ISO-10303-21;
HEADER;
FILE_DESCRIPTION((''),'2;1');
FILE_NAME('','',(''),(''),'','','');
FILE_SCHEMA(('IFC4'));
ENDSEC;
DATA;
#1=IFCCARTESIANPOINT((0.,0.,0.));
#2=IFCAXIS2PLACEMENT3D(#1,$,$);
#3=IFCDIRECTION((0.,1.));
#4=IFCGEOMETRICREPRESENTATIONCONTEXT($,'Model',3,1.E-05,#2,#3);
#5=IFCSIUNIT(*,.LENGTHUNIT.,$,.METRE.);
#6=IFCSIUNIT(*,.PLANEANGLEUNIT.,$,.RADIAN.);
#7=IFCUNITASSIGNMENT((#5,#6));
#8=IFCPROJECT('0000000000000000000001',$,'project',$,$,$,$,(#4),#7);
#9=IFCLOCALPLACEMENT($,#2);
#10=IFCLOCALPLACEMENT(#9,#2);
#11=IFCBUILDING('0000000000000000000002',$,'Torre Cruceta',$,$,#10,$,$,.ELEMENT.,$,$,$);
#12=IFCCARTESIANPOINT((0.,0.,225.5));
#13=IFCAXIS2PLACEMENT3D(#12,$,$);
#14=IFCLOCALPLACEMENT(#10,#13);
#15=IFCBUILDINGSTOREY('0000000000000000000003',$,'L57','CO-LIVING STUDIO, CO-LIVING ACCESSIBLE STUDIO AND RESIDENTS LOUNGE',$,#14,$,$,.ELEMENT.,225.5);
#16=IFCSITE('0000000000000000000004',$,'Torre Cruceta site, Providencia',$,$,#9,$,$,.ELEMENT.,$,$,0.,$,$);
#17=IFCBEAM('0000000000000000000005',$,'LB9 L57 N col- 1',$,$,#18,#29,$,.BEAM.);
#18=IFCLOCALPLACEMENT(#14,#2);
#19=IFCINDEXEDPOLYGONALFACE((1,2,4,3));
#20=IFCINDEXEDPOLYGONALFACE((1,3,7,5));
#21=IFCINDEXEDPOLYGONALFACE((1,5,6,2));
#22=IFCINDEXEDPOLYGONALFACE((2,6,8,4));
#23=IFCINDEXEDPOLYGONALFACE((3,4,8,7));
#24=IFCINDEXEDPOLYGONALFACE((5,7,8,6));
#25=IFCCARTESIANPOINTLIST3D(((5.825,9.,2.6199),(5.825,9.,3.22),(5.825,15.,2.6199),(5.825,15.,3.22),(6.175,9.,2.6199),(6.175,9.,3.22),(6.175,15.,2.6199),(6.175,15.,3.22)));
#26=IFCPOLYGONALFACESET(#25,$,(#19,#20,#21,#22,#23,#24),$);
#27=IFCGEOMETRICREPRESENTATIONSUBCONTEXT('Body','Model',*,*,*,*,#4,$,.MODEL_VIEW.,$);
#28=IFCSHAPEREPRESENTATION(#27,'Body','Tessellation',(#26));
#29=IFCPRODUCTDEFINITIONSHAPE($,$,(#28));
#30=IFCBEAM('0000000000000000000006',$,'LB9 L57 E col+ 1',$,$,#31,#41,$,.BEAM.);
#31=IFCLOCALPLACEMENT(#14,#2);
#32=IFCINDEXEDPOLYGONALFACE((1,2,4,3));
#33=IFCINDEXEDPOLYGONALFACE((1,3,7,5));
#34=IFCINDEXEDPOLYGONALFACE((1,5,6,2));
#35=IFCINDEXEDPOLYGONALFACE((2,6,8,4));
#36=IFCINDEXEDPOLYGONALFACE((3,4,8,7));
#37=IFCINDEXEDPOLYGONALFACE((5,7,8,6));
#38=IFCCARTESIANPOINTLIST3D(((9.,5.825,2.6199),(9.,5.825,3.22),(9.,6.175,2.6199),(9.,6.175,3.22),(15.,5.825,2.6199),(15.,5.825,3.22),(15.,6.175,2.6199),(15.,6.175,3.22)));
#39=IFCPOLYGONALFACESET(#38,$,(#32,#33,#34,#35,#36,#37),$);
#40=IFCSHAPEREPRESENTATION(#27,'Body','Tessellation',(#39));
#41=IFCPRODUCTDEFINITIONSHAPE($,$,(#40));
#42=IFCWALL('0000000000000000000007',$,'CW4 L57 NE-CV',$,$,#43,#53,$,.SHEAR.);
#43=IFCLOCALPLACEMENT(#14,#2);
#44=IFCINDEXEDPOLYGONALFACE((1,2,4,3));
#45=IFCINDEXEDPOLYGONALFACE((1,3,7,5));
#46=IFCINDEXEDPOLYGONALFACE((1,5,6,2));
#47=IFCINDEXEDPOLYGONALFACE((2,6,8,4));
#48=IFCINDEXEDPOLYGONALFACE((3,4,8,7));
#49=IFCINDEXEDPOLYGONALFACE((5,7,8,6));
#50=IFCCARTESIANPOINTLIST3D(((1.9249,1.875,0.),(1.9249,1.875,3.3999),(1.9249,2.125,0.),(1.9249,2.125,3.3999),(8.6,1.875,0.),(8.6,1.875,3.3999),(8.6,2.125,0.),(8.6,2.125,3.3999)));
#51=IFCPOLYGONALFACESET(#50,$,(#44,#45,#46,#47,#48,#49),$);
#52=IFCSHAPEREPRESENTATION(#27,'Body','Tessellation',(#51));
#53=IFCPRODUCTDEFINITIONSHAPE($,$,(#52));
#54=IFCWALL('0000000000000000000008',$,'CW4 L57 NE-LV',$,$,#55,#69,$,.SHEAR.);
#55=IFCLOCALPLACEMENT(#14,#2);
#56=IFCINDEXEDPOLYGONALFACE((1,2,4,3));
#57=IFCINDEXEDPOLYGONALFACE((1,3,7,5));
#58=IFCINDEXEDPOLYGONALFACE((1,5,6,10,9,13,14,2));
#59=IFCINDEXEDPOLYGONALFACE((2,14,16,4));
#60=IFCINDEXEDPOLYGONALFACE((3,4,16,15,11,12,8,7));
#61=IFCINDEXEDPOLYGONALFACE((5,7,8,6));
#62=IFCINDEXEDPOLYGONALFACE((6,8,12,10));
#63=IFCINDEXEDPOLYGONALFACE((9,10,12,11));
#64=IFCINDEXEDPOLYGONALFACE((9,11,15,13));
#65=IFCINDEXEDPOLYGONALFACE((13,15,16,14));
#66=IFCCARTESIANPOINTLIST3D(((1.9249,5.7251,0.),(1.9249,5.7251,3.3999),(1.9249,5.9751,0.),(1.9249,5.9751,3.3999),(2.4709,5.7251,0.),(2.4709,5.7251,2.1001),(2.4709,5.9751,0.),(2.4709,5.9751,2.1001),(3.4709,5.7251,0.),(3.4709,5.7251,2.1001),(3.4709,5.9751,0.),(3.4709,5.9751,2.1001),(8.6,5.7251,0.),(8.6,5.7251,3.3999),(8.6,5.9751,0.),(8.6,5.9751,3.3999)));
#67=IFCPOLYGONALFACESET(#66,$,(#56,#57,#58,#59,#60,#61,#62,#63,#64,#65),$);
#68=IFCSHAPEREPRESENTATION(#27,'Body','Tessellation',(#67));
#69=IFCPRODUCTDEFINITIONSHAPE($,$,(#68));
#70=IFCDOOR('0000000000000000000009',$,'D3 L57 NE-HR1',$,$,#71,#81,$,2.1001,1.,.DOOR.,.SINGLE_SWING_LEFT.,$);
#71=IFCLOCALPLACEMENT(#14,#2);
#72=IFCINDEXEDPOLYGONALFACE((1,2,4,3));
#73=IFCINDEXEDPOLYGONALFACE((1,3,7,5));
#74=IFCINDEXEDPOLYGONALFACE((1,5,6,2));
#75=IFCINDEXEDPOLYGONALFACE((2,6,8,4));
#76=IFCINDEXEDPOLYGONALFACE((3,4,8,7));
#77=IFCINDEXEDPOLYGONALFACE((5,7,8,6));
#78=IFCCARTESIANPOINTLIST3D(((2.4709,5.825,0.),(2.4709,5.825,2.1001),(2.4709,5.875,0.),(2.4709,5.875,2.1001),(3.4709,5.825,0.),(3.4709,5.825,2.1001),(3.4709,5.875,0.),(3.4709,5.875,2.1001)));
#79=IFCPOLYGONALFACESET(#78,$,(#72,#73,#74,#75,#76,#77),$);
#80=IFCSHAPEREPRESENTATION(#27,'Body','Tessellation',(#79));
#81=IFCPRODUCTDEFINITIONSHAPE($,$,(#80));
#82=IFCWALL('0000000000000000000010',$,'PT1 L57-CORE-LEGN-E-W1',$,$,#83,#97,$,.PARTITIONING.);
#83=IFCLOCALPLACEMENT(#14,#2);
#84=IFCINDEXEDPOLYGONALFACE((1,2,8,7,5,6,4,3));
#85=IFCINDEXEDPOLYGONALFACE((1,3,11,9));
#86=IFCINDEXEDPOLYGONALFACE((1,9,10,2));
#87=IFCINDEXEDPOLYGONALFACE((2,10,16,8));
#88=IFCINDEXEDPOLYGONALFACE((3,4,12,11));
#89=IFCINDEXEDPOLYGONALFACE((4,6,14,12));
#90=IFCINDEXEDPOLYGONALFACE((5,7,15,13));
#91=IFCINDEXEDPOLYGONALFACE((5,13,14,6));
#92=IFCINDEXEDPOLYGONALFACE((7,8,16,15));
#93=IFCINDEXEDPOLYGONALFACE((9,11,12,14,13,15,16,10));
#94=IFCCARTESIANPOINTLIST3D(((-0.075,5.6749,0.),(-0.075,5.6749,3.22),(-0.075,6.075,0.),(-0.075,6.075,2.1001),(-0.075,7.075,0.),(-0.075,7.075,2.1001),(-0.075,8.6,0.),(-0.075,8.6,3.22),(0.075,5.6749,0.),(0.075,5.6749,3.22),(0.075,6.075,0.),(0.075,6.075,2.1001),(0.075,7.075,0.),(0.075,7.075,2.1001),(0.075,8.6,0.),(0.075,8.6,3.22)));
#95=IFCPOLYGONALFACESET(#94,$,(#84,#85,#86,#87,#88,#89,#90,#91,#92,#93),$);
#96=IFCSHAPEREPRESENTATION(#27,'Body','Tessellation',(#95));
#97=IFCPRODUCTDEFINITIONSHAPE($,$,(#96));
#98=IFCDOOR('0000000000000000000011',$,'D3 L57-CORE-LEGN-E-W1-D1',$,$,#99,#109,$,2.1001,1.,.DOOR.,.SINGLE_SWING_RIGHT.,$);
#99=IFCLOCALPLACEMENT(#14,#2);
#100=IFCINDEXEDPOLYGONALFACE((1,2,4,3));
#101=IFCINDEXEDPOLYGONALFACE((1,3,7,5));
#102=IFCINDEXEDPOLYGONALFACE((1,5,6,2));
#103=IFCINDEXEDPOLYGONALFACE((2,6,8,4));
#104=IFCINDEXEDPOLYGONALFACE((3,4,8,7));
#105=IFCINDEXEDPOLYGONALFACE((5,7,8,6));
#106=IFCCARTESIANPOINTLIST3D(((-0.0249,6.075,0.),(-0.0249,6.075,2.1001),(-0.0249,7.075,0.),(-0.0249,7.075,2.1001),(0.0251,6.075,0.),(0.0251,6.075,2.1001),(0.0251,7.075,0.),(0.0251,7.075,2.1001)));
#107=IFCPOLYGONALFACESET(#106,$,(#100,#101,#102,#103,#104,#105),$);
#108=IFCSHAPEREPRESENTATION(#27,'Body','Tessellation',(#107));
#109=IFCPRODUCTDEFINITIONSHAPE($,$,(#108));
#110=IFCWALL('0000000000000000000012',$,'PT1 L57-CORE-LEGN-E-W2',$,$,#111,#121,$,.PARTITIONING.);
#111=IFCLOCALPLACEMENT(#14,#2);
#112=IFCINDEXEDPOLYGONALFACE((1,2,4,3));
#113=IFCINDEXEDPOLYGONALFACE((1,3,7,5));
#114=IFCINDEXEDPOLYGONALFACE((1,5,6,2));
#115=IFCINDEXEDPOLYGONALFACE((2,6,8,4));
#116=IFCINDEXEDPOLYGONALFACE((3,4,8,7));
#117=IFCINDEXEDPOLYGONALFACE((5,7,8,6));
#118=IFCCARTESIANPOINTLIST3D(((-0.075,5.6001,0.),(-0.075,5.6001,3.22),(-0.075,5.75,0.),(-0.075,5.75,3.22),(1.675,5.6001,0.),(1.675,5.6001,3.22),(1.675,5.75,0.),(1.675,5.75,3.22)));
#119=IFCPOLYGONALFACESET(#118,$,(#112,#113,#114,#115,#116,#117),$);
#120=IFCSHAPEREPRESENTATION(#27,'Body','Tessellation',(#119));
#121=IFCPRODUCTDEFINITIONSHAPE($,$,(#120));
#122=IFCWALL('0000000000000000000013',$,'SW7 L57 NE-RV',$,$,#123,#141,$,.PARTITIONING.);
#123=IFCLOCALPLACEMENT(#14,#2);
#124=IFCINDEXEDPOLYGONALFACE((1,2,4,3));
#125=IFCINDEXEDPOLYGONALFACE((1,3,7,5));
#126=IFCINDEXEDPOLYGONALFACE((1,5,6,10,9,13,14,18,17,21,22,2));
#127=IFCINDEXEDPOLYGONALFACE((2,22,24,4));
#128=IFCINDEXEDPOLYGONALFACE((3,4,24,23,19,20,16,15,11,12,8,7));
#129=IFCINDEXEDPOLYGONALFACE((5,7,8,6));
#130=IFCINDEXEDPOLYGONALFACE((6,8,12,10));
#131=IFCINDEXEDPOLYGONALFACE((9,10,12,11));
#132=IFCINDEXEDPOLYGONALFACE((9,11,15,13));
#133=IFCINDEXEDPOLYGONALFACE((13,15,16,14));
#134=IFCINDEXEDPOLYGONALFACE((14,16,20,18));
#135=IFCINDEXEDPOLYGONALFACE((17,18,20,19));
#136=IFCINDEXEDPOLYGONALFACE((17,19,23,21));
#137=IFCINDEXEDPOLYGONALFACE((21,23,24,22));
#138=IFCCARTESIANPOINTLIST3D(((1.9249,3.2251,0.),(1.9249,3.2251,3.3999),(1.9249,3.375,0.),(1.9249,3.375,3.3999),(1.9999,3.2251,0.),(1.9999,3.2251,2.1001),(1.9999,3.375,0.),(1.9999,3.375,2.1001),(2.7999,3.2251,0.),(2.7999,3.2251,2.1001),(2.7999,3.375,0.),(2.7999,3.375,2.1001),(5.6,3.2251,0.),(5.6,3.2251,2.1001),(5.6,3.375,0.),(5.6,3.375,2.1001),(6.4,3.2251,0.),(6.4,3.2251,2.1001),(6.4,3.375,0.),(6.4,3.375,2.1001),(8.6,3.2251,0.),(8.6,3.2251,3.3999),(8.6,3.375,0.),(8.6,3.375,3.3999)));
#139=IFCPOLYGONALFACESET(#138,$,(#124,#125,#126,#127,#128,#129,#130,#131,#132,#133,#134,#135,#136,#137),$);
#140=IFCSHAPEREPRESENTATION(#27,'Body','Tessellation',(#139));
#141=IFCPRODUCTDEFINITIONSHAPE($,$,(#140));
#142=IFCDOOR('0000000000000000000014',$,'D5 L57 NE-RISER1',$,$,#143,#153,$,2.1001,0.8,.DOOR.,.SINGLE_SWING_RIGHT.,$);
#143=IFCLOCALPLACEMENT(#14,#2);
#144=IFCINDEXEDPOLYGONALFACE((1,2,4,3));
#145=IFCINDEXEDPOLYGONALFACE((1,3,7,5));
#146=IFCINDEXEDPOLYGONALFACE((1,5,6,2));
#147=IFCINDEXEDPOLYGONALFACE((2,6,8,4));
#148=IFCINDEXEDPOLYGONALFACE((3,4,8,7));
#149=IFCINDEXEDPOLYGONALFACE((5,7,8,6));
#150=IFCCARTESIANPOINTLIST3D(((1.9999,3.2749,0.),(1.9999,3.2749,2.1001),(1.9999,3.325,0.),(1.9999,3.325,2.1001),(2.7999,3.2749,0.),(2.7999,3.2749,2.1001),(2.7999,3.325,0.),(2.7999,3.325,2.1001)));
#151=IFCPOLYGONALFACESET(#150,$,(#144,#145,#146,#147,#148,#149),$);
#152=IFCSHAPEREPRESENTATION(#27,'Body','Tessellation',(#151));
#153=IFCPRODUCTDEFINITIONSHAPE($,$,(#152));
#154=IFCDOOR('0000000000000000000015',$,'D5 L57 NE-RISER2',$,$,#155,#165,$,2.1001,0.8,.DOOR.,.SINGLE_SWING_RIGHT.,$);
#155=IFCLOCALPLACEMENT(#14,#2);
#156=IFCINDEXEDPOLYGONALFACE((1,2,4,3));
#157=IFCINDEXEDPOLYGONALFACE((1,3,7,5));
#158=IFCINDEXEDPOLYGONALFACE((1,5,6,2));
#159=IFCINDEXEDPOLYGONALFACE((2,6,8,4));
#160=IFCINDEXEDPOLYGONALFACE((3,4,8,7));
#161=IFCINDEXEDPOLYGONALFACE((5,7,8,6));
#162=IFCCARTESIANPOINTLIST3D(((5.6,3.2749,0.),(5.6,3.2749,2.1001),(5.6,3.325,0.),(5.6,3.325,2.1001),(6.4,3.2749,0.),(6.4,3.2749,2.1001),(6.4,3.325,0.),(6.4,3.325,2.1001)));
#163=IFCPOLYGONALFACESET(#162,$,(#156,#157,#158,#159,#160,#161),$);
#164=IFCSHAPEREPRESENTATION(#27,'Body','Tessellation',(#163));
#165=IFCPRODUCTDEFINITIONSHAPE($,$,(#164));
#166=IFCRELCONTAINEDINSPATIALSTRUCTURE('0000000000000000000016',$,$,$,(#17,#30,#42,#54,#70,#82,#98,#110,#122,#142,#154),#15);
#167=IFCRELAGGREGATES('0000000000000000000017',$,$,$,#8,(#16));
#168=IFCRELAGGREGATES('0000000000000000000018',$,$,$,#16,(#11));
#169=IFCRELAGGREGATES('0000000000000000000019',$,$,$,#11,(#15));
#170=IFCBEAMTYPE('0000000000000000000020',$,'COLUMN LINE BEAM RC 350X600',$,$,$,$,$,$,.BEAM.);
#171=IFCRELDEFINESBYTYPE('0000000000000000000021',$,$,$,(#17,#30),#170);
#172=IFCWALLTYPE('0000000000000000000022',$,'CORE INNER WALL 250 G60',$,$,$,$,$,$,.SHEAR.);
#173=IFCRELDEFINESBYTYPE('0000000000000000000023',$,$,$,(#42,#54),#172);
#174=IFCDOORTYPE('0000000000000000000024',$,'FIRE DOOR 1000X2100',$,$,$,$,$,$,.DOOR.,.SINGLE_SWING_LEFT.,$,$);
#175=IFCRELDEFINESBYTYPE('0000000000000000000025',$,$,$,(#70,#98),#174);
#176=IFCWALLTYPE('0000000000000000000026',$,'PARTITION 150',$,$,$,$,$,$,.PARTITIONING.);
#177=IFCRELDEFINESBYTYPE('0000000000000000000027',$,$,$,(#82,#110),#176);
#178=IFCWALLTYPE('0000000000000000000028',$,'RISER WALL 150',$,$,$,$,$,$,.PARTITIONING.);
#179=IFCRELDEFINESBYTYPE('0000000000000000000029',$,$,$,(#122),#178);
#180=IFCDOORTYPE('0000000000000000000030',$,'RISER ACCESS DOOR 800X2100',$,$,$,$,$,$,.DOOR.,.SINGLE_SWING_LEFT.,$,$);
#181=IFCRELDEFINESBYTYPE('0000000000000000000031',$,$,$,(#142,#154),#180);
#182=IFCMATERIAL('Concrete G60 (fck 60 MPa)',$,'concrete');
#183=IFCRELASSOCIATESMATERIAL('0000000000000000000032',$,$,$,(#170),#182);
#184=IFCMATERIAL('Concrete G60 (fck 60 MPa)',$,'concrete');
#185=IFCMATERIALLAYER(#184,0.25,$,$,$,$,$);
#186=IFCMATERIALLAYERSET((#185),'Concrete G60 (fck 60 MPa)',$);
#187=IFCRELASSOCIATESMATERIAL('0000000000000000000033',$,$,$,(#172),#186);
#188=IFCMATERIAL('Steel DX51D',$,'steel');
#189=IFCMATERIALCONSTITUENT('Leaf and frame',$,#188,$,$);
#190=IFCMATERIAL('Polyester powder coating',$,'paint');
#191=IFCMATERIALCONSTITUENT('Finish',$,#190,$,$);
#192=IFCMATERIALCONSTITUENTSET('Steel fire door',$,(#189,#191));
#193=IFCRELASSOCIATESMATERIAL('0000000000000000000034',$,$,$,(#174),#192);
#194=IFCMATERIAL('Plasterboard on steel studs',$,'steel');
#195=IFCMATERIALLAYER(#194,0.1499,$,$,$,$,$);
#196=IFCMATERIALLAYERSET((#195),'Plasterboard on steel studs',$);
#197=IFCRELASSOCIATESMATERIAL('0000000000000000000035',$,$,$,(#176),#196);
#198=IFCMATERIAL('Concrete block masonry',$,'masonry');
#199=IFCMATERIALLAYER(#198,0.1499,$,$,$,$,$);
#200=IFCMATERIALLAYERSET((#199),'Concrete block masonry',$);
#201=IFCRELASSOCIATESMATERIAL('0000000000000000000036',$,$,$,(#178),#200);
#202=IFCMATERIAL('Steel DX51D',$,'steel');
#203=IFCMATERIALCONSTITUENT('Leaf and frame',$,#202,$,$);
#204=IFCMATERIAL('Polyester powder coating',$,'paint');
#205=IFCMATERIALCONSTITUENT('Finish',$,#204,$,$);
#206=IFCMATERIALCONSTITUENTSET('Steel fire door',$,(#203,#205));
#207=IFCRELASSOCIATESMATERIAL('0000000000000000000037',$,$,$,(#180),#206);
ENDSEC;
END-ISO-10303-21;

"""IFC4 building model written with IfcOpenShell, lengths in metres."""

from ifc_helpers import new_model, si_unit, direction, frame, frame_2d, origin, origin_2d, place, context, subcontext, project, spatial, rectangle, extrude, material, layer, layer_set, constituent, constituent_set, material_profile, profile_set, type_object, element, fill, save


model = new_model("IFC4")

# Units and contexts
model_context = context("Model", 3, precision=1e-05, world=origin(), true_north=direction((0.0, 1.0)))
body_context = subcontext(model_context, "Body", "Model", "MODEL_VIEW")
ifc_project = project(units=[si_unit("LENGTHUNIT", "METRE"), si_unit("PLANEANGLEUNIT", "RADIAN")], contexts=[model_context])

# Site, building, storey
site_placement = place(None, origin())
site = spatial("IfcSite", under=ifc_project, at=site_placement, Name="Torre Cruceta site, Providencia", CompositionType="ELEMENT", RefElevation=0.0)
building_placement = place(site_placement, origin())
building = spatial("IfcBuilding", under=site, at=building_placement, Name="Torre Cruceta", CompositionType="ELEMENT")
storey_placement = place(building_placement, frame((0.0, 0.0, 225.5)))
storey = spatial("IfcBuildingStorey", under=building, at=storey_placement, Name="L57", Description="CO-LIVING STUDIO, CO-LIVING ACCESSIBLE STUDIO AND RESIDENTS LOUNGE", CompositionType="ELEMENT", Elevation=225.5)

# Beams
ifc_material_1 = material(Name="Concrete G60 (fck 60 MPa)", Category="concrete")
ifc_material_profile = material_profile(ifc_material_1, rectangle(XDim=0.3501, YDim=0.6001, at=origin_2d()), Name="RC 350X600")
ifc_profile_set = profile_set([ifc_material_profile], Name="Concrete G60 (fck 60 MPa)")
beam_type = type_object("IfcBeamType", Name="COLUMN LINE BEAM RC 350X600", PredefinedType="BEAM", material=ifc_profile_set)
for number, where, z_axis, x_axis, name in (
    (1, (6.0, 9.0, 2.9199), (0.0, 1.0, 0.0), (-1.0, 0.0, 0.0), "LB9 L57 N col- 1"),
    (2, (9.0, 6.0, 2.9199), (1.0, 0.0, 0.0), (0.0, 1.0, 0.0), "LB9 L57 E col+ 1"),
):
    element("IfcBeam", number, at=place(storey_placement, frame(where, z_axis=z_axis, x_axis=x_axis)), inside=storey, type_object=beam_type, Name=name, PredefinedType="BEAM", context=body_context, shape_type="SweptSolid", body=[
        extrude(rectangle(XDim=0.3501, YDim=0.6001, at=origin_2d()), origin(), (0.0, 0.0, 1.0), 6.0),
    ])

# Wall
ifc_material_2 = material(Name="Concrete G60 (fck 60 MPa)", Category="concrete")
ifc_layer_1 = layer(ifc_material_2, 0.25)
ifc_layer_set_1 = layer_set([ifc_layer_1], Name="Concrete G60 (fck 60 MPa)")
wall_type_1 = type_object("IfcWallType", Name="CORE INNER WALL 250 G60", PredefinedType="SHEAR", material=ifc_layer_set_1)
wall_1_placement = place(storey_placement, frame((1.925, 2.0, 0.0), z_axis=(0.0, 0.0, 1.0), x_axis=(1.0, 0.0, 0.0)))
element("IfcWall", 3, at=wall_1_placement, inside=storey, type_object=wall_type_1, Name="CW4 L57 NE-CV", PredefinedType="SHEAR", context=body_context, shape_type="SweptSolid", body=[
    extrude(rectangle(XDim=6.675, YDim=0.25, at=frame_2d((3.3374, 0.0))), origin(), (0.0, 0.0, 1.0), 3.3999),
])

# Walls, openings, doors
wall_2_placement = place(storey_placement, frame((1.925, 5.8501, 0.0), z_axis=(0.0, 0.0, 1.0), x_axis=(1.0, 0.0, 0.0)))
wall_2 = element("IfcWall", 4, at=wall_2_placement, inside=storey, type_object=wall_type_1, Name="CW4 L57 NE-LV", PredefinedType="SHEAR", context=body_context, shape_type="SweptSolid", body=[
    extrude(rectangle(XDim=6.675, YDim=0.25, at=frame_2d((3.3374, 0.0))), origin(), (0.0, 0.0, 1.0), 3.3999),
])
opening_1_placement = place(wall_2_placement, frame((0.5459, 0.0, 0.0)))
opening_1 = element("IfcOpeningElement", 5, at=opening_1_placement, cuts=wall_2, PredefinedType="OPENING", context=body_context, shape_type="SweptSolid", body=[
    extrude(rectangle(XDim=1.0, YDim=2.1001, at=frame_2d((0.5, 1.05))), frame((0.0, 0.135, 0.0), z_axis=(0.0, -1.0, 0.0), x_axis=(1.0, 0.0, 0.0)), (0.0, 0.0, 1.0), 0.27),
])
ifc_material_3 = material(Name="Steel DX51D", Category="steel")
ifc_constituent_1 = constituent(ifc_material_3, Name="Leaf and frame")
ifc_material_4 = material(Name="Polyester powder coating", Category="paint")
ifc_constituent_2 = constituent(ifc_material_4, Name="Finish")
ifc_constituent_set_1 = constituent_set(constituents=[ifc_constituent_1, ifc_constituent_2], Name="Steel fire door")
door_type_1 = type_object("IfcDoorType", Name="FIRE DOOR 1000X2100", OperationType="SINGLE_SWING_LEFT", PredefinedType="DOOR", material=ifc_constituent_set_1)
door_1_placement = place(opening_1_placement, origin())
door_1 = element("IfcDoor", 6, at=door_1_placement, inside=storey, type_object=door_type_1, Name="D3 L57 NE-HR1", OperationType="SINGLE_SWING_LEFT", OverallHeight=2.1001, OverallWidth=1.0, PredefinedType="DOOR", context=body_context, shape_type="SweptSolid", body=[
    extrude(rectangle(XDim=1.0, YDim=2.1001, at=frame_2d((0.5, 1.05))), frame((0.0, 0.0249, 0.0), z_axis=(0.0, -1.0, 0.0), x_axis=(1.0, 0.0, 0.0)), (0.0, 0.0, 1.0), 0.05),
])
fill(opening_1, door_1)
ifc_material_5 = material(Name="Plasterboard on steel studs", Category="steel")
ifc_layer_2 = layer(ifc_material_5, 0.1499)
ifc_layer_set_2 = layer_set([ifc_layer_2], Name="Plasterboard on steel studs")
wall_type_2 = type_object("IfcWallType", Name="PARTITION 150", PredefinedType="PARTITIONING", material=ifc_layer_set_2)
wall_3_placement = place(storey_placement, frame((0.0, 5.675, 0.0), z_axis=(0.0, 0.0, 1.0), x_axis=(0.0, 1.0, 0.0)))
wall_3 = element("IfcWall", 7, at=wall_3_placement, inside=storey, type_object=wall_type_2, Name="PT1 L57-CORE-LEGN-E-W1", PredefinedType="PARTITIONING", context=body_context, shape_type="SweptSolid", body=[
    extrude(rectangle(XDim=2.925, YDim=0.1499, at=frame_2d((1.4624, 0.0))), origin(), (0.0, 0.0, 1.0), 3.22),
])
opening_2_placement = place(wall_3_placement, frame((0.3999, 0.0, 0.0)))
opening_2 = element("IfcOpeningElement", 8, at=opening_2_placement, cuts=wall_3, PredefinedType="OPENING", context=body_context, shape_type="SweptSolid", body=[
    extrude(rectangle(XDim=1.0, YDim=2.1001, at=frame_2d((0.5, 1.05))), frame((0.0, 0.085, 0.0), z_axis=(0.0, -1.0, 0.0), x_axis=(1.0, 0.0, 0.0)), (0.0, 0.0, 1.0), 0.1699),
])
door_2_placement = place(opening_2_placement, frame((1.0, 0.0, 0.0), z_axis=(0.0, 0.0, 1.0), x_axis=(-1.0, 0.0, 0.0)))
door_2 = element("IfcDoor", 9, at=door_2_placement, inside=storey, type_object=door_type_1, Name="D3 L57-CORE-LEGN-E-W1-D1", OperationType="SINGLE_SWING_RIGHT", OverallHeight=2.1001, OverallWidth=1.0, PredefinedType="DOOR", context=body_context, shape_type="SweptSolid", body=[
    extrude(rectangle(XDim=1.0, YDim=2.1001, at=frame_2d((0.5, 1.05))), frame((0.0, 0.0251, 0.0), z_axis=(0.0, -1.0, 0.0), x_axis=(1.0, 0.0, 0.0)), (0.0, 0.0, 1.0), 0.05),
])
fill(opening_2, door_2)

# Wall
wall_4_placement = place(storey_placement, frame((1.675, 5.675, 0.0), z_axis=(0.0, 0.0, 1.0), x_axis=(-1.0, 0.0, 0.0)))
element("IfcWall", 10, at=wall_4_placement, inside=storey, type_object=wall_type_2, Name="PT1 L57-CORE-LEGN-E-W2", PredefinedType="PARTITIONING", context=body_context, shape_type="SweptSolid", body=[
    extrude(rectangle(XDim=1.75, YDim=0.1499, at=frame_2d((0.875, 0.0))), origin(), (0.0, 0.0, 1.0), 3.22),
])

# Wall, openings, doors
ifc_material_6 = material(Name="Concrete block masonry", Category="masonry")
ifc_layer_3 = layer(ifc_material_6, 0.1499)
ifc_layer_set_3 = layer_set([ifc_layer_3], Name="Concrete block masonry")
wall_type_3 = type_object("IfcWallType", Name="RISER WALL 150", PredefinedType="PARTITIONING", material=ifc_layer_set_3)
wall_5_placement = place(storey_placement, frame((1.925, 3.3, 0.0), z_axis=(0.0, 0.0, 1.0), x_axis=(1.0, 0.0, 0.0)))
wall_5 = element("IfcWall", 11, at=wall_5_placement, inside=storey, type_object=wall_type_3, Name="SW7 L57 NE-RV", PredefinedType="PARTITIONING", context=body_context, shape_type="SweptSolid", body=[
    extrude(rectangle(XDim=6.675, YDim=0.1499, at=frame_2d((3.3374, 0.0))), origin(), (0.0, 0.0, 1.0), 3.3999),
])
opening_3_placement = place(wall_5_placement, frame((0.075, 0.0, 0.0)))
opening_3 = element("IfcOpeningElement", 12, at=opening_3_placement, cuts=wall_5, PredefinedType="OPENING", context=body_context, shape_type="SweptSolid", body=[
    extrude(rectangle(XDim=0.8, YDim=2.1001, at=frame_2d((0.3999, 1.05))), frame((0.0, 0.085, 0.0), z_axis=(0.0, -1.0, 0.0), x_axis=(1.0, 0.0, 0.0)), (0.0, 0.0, 1.0), 0.1699),
])
opening_4_placement = place(wall_5_placement, frame((3.675, 0.0, 0.0)))
opening_4 = element("IfcOpeningElement", 13, at=opening_4_placement, cuts=wall_5, PredefinedType="OPENING", context=body_context, shape_type="SweptSolid", body=[
    extrude(rectangle(XDim=0.8, YDim=2.1001, at=frame_2d((0.3999, 1.05))), frame((0.0, 0.085, 0.0), z_axis=(0.0, -1.0, 0.0), x_axis=(1.0, 0.0, 0.0)), (0.0, 0.0, 1.0), 0.1699),
])
ifc_material_7 = material(Name="Steel DX51D", Category="steel")
ifc_constituent_3 = constituent(ifc_material_7, Name="Leaf and frame")
ifc_material_8 = material(Name="Polyester powder coating", Category="paint")
ifc_constituent_4 = constituent(ifc_material_8, Name="Finish")
ifc_constituent_set_2 = constituent_set(constituents=[ifc_constituent_3, ifc_constituent_4], Name="Steel fire door")
door_type_2 = type_object("IfcDoorType", Name="RISER ACCESS DOOR 800X2100", OperationType="SINGLE_SWING_LEFT", PredefinedType="DOOR", material=ifc_constituent_set_2)
door_3_placement = place(opening_3_placement, frame((0.8, 0.0, 0.0), z_axis=(0.0, 0.0, 1.0), x_axis=(-1.0, 0.0, 0.0)))
door_3 = element("IfcDoor", 14, at=door_3_placement, inside=storey, type_object=door_type_2, Name="D5 L57 NE-RISER1", OperationType="SINGLE_SWING_RIGHT", OverallHeight=2.1001, OverallWidth=0.8, PredefinedType="DOOR", context=body_context, shape_type="SweptSolid", body=[
    extrude(rectangle(XDim=0.8, YDim=2.1001, at=frame_2d((0.4001, 1.05))), frame((0.0, 0.0251, 0.0), z_axis=(0.0, -1.0, 0.0), x_axis=(1.0, 0.0, 0.0)), (0.0, 0.0, 1.0), 0.05),
])
fill(opening_3, door_3)
door_4_placement = place(opening_4_placement, frame((0.8, 0.0, 0.0), z_axis=(0.0, 0.0, 1.0), x_axis=(-1.0, 0.0, 0.0)))
door_4 = element("IfcDoor", 15, at=door_4_placement, inside=storey, type_object=door_type_2, Name="D5 L57 NE-RISER2", OperationType="SINGLE_SWING_RIGHT", OverallHeight=2.1001, OverallWidth=0.8, PredefinedType="DOOR", context=body_context, shape_type="SweptSolid", body=[
    extrude(rectangle(XDim=0.8, YDim=2.1001, at=frame_2d((0.4001, 1.05))), frame((0.0, 0.0251, 0.0), z_axis=(0.0, -1.0, 0.0), x_axis=(1.0, 0.0, 0.0)), (0.0, 0.0, 1.0), 0.05),
])
fill(opening_4, door_4)

save(model, "model.ifc")
